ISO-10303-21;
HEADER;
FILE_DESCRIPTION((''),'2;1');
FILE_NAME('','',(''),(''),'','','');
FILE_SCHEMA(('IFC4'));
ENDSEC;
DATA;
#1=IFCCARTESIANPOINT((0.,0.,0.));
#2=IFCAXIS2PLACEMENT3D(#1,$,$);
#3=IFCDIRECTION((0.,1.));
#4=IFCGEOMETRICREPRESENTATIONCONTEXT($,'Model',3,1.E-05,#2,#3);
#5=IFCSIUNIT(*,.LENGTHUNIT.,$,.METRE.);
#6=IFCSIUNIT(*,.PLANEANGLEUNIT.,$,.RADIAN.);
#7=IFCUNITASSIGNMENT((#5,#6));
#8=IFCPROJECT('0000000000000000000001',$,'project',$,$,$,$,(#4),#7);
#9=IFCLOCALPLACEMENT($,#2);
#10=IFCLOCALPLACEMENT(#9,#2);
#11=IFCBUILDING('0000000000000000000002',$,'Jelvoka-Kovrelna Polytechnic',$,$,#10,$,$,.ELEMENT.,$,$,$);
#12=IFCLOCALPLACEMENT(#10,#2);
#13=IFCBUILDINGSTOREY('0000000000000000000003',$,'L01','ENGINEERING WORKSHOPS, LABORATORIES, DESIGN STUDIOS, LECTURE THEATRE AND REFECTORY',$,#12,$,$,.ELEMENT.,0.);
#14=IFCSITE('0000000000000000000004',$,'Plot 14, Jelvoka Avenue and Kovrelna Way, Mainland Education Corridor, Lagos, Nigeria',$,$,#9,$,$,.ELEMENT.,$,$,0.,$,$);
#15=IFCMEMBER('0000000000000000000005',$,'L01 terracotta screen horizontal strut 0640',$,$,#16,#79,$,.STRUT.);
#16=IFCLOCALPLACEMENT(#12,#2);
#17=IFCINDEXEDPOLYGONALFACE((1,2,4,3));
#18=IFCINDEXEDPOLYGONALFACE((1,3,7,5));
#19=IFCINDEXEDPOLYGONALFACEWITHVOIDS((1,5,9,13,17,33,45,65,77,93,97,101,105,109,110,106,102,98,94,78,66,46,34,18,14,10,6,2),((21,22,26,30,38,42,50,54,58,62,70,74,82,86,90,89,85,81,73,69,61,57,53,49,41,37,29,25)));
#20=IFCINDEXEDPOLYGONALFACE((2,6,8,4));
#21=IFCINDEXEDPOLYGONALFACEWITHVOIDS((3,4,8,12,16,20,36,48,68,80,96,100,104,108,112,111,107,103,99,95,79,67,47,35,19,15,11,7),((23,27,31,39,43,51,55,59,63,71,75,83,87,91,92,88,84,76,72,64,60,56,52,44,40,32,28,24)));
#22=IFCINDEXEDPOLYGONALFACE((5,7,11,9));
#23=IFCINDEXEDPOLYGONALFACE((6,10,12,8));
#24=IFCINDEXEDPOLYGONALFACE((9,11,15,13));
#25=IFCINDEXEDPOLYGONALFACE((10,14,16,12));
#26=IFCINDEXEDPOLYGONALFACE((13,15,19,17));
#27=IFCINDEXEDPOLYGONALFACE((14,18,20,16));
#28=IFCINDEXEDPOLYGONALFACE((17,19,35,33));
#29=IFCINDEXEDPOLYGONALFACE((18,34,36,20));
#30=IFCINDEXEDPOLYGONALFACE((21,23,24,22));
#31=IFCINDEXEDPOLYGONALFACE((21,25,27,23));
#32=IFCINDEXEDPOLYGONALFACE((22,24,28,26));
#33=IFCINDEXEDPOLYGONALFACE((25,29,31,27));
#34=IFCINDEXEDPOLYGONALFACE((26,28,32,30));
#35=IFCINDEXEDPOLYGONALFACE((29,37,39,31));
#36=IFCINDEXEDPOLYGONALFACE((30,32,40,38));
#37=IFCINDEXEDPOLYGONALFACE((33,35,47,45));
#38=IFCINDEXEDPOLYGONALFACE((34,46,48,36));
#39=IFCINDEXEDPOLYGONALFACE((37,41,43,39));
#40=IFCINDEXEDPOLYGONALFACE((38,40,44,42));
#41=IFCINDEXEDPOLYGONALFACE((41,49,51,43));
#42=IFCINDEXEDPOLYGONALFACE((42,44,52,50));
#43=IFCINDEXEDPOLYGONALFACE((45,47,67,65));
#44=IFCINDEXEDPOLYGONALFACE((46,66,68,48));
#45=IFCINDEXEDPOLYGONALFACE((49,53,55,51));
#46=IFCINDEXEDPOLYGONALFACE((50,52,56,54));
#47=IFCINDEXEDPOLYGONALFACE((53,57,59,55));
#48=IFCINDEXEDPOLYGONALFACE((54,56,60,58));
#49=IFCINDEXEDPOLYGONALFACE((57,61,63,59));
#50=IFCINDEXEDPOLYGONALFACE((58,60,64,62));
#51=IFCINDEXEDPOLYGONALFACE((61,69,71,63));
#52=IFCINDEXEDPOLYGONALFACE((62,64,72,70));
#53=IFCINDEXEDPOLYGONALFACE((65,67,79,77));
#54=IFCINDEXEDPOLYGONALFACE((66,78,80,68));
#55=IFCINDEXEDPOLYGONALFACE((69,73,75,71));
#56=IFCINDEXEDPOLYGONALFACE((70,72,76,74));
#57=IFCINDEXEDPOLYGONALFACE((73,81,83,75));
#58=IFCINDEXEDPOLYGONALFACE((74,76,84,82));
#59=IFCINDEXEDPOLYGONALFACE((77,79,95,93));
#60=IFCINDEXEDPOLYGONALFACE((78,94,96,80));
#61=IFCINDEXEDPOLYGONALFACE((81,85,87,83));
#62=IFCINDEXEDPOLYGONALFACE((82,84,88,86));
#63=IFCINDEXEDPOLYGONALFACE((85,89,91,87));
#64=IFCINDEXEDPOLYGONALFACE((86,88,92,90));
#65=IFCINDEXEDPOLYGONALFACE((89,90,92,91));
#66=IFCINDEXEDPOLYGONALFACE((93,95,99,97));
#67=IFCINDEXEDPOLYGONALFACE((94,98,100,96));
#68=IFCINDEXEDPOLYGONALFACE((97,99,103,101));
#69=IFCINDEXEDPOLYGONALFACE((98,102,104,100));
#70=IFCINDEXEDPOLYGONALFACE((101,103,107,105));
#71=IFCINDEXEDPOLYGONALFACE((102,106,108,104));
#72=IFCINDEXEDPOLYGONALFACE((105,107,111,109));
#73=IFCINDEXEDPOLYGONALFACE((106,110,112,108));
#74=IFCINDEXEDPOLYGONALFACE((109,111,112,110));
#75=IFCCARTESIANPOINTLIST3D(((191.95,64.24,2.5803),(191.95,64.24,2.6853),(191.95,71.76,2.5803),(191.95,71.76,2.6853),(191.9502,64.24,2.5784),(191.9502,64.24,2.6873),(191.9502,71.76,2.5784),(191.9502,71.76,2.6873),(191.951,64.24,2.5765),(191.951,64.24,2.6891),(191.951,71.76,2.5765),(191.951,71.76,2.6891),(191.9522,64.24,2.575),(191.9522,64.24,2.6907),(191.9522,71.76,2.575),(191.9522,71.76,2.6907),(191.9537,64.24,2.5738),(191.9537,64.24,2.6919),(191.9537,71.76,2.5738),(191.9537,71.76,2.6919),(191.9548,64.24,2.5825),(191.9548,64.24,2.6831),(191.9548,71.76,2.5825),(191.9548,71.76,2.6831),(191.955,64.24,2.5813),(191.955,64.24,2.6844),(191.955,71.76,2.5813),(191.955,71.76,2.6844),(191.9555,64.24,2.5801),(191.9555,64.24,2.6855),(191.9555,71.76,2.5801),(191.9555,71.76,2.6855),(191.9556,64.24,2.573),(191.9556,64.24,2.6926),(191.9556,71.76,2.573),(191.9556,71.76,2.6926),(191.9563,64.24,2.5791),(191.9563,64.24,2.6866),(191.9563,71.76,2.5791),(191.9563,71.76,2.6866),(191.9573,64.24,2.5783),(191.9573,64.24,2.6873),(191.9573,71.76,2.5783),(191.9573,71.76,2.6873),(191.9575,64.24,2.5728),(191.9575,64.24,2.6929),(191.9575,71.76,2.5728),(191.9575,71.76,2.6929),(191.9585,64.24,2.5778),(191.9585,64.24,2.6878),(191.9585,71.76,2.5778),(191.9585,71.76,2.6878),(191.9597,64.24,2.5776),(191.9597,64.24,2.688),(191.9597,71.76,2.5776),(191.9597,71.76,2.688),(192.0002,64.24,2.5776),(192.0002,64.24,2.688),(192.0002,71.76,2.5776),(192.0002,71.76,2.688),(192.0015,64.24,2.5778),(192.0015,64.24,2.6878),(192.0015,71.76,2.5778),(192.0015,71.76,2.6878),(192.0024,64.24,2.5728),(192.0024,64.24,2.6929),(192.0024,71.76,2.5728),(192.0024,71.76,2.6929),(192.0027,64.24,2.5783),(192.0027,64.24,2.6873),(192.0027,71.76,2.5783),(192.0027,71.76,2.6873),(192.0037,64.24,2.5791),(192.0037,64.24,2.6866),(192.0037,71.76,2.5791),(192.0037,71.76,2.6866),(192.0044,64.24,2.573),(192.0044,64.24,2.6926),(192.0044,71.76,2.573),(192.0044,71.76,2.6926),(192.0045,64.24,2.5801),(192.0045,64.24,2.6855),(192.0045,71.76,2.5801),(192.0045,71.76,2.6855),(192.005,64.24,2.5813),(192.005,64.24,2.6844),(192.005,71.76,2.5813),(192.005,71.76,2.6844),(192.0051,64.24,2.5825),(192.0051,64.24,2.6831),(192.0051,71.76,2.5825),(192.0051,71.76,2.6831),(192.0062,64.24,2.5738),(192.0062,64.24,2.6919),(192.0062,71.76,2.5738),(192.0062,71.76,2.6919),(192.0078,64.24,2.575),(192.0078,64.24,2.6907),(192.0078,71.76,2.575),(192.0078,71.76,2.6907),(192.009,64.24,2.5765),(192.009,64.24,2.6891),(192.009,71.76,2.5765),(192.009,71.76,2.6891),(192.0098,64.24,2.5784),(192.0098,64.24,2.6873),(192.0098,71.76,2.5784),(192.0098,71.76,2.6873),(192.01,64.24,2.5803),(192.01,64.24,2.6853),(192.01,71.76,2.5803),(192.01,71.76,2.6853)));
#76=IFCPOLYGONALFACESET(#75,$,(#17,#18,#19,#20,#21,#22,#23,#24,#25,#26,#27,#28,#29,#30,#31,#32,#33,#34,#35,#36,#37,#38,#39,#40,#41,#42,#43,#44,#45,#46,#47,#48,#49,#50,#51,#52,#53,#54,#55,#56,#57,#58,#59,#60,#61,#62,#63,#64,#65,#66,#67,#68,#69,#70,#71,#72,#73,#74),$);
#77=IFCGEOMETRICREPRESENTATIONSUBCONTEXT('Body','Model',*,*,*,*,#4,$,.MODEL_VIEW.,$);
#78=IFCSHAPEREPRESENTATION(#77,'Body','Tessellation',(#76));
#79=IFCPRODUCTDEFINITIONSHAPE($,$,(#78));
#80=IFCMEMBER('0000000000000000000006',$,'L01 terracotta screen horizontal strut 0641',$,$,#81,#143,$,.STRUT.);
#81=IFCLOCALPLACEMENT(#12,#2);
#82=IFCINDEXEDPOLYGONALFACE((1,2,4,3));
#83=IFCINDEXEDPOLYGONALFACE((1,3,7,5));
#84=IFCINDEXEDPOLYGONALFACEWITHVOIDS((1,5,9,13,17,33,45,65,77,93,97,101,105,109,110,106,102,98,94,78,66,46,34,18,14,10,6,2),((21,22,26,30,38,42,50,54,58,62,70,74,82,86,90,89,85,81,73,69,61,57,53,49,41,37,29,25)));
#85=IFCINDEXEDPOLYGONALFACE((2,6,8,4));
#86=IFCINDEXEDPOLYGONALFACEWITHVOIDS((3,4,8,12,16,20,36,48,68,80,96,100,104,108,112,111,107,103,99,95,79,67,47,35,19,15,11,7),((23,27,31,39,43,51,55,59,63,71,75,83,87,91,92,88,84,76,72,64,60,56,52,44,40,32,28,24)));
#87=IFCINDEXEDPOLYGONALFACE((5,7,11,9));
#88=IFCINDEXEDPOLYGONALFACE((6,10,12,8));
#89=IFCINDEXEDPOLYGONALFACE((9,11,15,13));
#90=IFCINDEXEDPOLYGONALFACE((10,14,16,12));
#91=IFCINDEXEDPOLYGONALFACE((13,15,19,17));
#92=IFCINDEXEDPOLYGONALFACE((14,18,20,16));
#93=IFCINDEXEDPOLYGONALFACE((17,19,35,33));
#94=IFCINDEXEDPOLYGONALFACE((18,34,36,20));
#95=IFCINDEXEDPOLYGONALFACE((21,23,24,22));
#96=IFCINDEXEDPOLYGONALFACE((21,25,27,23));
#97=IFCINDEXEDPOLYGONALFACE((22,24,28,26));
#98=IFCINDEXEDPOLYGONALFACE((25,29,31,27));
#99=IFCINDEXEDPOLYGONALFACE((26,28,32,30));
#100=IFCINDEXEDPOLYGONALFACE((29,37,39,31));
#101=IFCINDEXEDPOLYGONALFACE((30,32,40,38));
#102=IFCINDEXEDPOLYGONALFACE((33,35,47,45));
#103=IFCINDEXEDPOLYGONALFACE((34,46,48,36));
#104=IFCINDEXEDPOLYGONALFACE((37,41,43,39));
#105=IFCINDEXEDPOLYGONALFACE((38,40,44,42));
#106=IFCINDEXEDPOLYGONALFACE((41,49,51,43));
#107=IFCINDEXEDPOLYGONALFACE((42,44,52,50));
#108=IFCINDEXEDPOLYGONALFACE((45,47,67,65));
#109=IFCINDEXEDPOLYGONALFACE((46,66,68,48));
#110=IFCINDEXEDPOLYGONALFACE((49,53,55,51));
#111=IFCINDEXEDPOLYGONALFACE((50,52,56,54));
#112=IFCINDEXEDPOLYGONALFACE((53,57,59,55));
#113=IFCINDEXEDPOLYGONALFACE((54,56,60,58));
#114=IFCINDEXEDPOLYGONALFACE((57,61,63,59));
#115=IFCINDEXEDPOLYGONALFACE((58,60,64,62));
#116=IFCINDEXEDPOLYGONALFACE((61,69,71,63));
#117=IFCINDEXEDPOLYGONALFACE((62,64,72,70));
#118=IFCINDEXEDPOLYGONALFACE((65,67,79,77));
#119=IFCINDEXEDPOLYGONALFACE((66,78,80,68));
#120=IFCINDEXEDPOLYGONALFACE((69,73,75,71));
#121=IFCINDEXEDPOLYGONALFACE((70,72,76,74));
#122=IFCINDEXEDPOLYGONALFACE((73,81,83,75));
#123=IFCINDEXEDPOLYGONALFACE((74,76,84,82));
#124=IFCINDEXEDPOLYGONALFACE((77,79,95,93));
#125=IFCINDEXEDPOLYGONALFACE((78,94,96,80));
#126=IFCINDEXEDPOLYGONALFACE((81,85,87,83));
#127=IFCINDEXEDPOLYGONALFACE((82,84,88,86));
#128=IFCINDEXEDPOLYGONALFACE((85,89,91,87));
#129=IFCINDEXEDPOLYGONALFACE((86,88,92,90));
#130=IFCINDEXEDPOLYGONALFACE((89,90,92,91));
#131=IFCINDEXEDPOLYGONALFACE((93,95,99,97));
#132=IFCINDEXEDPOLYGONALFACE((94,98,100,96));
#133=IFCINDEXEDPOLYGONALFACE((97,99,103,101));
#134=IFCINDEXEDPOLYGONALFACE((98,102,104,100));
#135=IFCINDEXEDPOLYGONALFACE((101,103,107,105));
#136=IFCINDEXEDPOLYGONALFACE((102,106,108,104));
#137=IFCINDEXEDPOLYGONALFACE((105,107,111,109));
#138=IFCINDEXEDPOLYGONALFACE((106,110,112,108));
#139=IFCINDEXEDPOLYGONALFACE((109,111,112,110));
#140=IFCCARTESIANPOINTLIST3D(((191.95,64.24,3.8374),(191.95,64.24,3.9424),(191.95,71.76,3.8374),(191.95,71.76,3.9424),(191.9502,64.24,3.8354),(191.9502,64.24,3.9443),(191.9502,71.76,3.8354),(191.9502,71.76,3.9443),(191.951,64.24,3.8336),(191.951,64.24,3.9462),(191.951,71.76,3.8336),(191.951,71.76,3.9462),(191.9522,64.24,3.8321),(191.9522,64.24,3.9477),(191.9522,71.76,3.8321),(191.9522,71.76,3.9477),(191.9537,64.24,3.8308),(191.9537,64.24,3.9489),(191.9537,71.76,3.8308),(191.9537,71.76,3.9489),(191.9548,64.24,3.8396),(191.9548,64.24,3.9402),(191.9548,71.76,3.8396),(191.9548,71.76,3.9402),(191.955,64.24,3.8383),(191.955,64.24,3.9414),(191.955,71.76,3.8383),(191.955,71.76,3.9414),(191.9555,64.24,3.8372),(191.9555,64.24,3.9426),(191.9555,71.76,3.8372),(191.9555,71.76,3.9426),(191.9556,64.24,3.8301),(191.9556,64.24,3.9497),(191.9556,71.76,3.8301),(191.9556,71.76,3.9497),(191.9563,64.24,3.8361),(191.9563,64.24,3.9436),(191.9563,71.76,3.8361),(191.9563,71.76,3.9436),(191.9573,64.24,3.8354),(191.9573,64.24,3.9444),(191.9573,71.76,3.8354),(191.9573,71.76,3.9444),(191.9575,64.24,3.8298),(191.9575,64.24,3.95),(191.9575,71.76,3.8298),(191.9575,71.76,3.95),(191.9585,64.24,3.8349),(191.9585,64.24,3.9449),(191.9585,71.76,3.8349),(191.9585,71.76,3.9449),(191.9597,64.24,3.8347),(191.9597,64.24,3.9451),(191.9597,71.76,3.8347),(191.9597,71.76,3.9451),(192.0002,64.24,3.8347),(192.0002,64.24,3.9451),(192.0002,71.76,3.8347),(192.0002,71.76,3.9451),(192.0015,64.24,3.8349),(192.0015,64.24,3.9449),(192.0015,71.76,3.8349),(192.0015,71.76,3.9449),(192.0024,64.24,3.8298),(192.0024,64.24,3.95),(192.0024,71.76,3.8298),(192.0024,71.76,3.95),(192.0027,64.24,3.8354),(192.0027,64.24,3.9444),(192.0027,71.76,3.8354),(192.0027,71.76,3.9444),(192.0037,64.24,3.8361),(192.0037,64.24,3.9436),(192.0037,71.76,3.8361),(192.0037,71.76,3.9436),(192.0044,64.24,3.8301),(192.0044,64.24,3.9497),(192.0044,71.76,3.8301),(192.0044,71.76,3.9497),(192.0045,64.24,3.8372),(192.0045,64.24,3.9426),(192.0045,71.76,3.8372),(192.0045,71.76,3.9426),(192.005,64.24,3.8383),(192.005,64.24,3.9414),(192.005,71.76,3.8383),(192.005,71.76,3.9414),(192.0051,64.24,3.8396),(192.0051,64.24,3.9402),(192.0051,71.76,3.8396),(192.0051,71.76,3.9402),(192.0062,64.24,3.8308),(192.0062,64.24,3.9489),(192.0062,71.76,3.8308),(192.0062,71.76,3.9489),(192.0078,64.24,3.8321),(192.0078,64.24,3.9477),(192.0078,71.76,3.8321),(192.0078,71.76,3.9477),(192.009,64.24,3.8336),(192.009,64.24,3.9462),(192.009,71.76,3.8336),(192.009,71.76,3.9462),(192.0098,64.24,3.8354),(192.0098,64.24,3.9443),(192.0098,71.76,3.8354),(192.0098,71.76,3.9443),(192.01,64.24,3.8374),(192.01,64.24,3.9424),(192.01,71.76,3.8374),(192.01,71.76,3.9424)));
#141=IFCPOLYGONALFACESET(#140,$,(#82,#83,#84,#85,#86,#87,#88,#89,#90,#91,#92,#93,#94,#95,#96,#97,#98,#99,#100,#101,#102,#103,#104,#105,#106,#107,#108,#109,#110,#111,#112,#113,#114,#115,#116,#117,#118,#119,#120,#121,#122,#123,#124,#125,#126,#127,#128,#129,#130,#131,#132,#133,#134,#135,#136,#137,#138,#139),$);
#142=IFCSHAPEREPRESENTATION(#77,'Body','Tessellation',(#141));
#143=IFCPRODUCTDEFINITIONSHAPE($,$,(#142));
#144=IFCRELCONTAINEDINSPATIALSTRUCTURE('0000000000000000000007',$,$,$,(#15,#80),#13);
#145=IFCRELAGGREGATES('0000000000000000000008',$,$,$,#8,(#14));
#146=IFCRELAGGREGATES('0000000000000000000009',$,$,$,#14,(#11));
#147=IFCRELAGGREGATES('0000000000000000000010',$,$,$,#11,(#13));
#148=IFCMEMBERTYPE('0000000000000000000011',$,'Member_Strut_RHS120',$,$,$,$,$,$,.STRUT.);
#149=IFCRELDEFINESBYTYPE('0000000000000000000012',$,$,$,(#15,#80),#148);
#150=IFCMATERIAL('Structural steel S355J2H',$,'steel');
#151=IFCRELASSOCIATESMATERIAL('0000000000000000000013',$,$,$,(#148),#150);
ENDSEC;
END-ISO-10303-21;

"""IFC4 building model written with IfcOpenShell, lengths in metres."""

from ifc_helpers import new_model, si_unit, direction, frame, origin, origin_2d, place, context, subcontext, project, spatial, hollow_rectangle, extrude, material, material_profile, profile_set, type_object, element, save


model = new_model("IFC4")

# Units and contexts
model_context = context("Model", 3, precision=1e-05, world=origin(), true_north=direction((0.0, 1.0)))
body_context = subcontext(model_context, "Body", "Model", "MODEL_VIEW")
ifc_project = project(units=[si_unit("LENGTHUNIT", "METRE"), si_unit("PLANEANGLEUNIT", "RADIAN")], contexts=[model_context])

# Site, building, storey
site_placement = place(None, origin())
site = spatial("IfcSite", under=ifc_project, at=site_placement, Name="Plot 14, Jelvoka Avenue and Kovrelna Way, Mainland Education Corridor, Lagos, Nigeria", CompositionType="ELEMENT", RefElevation=0.0)
building_placement = place(site_placement, origin())
building = spatial("IfcBuilding", under=site, at=building_placement, Name="Jelvoka-Kovrelna Polytechnic", CompositionType="ELEMENT")
storey_placement = place(building_placement, origin())
storey = spatial("IfcBuildingStorey", under=building, at=storey_placement, Name="L01", Description="ENGINEERING WORKSHOPS, LABORATORIES, DESIGN STUDIOS, LECTURE THEATRE AND REFECTORY", CompositionType="ELEMENT", Elevation=0.0)

# Members
ifc_material_1 = material(Name="Structural steel S355J2H", Category="steel")
ifc_material_profile_1 = material_profile(ifc_material_1, hollow_rectangle(XDim=0.0601, YDim=0.1201, WallThickness=0.0049, InnerFilletRadius=0.0049, OuterFilletRadius=0.0076, at=origin_2d()), Name="120x60x5.0 RHS")
ifc_profile_set_1 = profile_set([ifc_material_profile_1], Name="Structural steel S355J2H")
member_type_1 = type_object("IfcMemberType", Name="Member_Strut_RHS120", PredefinedType="STRUT", material=ifc_profile_set_1)
for number, where, z_axis, x_axis, name in (
    (1, (191.98, 64.24, 2.6328), (0.0, 1.0, 0.0), (-1.0, 0.0, 0.0), "L01 terracotta screen horizontal strut 0640"),
    (2, (191.98, 64.24, 3.8899), (0.0, 1.0, 0.0), (-1.0, 0.0, 0.0), "L01 terracotta screen horizontal strut 0641"),
):
    element("IfcMember", number, at=place(storey_placement, frame(where, z_axis=z_axis, x_axis=x_axis)), inside=storey, type_object=member_type_1, Name=name, PredefinedType="STRUT", context=body_context, shape_type="SweptSolid", body=[
        extrude(hollow_rectangle(XDim=0.0601, YDim=0.1201, WallThickness=0.0049, InnerFilletRadius=0.0049, OuterFilletRadius=0.0076, at=origin_2d()), origin(), (0.0, 0.0, 1.0), 7.52),
    ])

save(model, "model.ifc")
